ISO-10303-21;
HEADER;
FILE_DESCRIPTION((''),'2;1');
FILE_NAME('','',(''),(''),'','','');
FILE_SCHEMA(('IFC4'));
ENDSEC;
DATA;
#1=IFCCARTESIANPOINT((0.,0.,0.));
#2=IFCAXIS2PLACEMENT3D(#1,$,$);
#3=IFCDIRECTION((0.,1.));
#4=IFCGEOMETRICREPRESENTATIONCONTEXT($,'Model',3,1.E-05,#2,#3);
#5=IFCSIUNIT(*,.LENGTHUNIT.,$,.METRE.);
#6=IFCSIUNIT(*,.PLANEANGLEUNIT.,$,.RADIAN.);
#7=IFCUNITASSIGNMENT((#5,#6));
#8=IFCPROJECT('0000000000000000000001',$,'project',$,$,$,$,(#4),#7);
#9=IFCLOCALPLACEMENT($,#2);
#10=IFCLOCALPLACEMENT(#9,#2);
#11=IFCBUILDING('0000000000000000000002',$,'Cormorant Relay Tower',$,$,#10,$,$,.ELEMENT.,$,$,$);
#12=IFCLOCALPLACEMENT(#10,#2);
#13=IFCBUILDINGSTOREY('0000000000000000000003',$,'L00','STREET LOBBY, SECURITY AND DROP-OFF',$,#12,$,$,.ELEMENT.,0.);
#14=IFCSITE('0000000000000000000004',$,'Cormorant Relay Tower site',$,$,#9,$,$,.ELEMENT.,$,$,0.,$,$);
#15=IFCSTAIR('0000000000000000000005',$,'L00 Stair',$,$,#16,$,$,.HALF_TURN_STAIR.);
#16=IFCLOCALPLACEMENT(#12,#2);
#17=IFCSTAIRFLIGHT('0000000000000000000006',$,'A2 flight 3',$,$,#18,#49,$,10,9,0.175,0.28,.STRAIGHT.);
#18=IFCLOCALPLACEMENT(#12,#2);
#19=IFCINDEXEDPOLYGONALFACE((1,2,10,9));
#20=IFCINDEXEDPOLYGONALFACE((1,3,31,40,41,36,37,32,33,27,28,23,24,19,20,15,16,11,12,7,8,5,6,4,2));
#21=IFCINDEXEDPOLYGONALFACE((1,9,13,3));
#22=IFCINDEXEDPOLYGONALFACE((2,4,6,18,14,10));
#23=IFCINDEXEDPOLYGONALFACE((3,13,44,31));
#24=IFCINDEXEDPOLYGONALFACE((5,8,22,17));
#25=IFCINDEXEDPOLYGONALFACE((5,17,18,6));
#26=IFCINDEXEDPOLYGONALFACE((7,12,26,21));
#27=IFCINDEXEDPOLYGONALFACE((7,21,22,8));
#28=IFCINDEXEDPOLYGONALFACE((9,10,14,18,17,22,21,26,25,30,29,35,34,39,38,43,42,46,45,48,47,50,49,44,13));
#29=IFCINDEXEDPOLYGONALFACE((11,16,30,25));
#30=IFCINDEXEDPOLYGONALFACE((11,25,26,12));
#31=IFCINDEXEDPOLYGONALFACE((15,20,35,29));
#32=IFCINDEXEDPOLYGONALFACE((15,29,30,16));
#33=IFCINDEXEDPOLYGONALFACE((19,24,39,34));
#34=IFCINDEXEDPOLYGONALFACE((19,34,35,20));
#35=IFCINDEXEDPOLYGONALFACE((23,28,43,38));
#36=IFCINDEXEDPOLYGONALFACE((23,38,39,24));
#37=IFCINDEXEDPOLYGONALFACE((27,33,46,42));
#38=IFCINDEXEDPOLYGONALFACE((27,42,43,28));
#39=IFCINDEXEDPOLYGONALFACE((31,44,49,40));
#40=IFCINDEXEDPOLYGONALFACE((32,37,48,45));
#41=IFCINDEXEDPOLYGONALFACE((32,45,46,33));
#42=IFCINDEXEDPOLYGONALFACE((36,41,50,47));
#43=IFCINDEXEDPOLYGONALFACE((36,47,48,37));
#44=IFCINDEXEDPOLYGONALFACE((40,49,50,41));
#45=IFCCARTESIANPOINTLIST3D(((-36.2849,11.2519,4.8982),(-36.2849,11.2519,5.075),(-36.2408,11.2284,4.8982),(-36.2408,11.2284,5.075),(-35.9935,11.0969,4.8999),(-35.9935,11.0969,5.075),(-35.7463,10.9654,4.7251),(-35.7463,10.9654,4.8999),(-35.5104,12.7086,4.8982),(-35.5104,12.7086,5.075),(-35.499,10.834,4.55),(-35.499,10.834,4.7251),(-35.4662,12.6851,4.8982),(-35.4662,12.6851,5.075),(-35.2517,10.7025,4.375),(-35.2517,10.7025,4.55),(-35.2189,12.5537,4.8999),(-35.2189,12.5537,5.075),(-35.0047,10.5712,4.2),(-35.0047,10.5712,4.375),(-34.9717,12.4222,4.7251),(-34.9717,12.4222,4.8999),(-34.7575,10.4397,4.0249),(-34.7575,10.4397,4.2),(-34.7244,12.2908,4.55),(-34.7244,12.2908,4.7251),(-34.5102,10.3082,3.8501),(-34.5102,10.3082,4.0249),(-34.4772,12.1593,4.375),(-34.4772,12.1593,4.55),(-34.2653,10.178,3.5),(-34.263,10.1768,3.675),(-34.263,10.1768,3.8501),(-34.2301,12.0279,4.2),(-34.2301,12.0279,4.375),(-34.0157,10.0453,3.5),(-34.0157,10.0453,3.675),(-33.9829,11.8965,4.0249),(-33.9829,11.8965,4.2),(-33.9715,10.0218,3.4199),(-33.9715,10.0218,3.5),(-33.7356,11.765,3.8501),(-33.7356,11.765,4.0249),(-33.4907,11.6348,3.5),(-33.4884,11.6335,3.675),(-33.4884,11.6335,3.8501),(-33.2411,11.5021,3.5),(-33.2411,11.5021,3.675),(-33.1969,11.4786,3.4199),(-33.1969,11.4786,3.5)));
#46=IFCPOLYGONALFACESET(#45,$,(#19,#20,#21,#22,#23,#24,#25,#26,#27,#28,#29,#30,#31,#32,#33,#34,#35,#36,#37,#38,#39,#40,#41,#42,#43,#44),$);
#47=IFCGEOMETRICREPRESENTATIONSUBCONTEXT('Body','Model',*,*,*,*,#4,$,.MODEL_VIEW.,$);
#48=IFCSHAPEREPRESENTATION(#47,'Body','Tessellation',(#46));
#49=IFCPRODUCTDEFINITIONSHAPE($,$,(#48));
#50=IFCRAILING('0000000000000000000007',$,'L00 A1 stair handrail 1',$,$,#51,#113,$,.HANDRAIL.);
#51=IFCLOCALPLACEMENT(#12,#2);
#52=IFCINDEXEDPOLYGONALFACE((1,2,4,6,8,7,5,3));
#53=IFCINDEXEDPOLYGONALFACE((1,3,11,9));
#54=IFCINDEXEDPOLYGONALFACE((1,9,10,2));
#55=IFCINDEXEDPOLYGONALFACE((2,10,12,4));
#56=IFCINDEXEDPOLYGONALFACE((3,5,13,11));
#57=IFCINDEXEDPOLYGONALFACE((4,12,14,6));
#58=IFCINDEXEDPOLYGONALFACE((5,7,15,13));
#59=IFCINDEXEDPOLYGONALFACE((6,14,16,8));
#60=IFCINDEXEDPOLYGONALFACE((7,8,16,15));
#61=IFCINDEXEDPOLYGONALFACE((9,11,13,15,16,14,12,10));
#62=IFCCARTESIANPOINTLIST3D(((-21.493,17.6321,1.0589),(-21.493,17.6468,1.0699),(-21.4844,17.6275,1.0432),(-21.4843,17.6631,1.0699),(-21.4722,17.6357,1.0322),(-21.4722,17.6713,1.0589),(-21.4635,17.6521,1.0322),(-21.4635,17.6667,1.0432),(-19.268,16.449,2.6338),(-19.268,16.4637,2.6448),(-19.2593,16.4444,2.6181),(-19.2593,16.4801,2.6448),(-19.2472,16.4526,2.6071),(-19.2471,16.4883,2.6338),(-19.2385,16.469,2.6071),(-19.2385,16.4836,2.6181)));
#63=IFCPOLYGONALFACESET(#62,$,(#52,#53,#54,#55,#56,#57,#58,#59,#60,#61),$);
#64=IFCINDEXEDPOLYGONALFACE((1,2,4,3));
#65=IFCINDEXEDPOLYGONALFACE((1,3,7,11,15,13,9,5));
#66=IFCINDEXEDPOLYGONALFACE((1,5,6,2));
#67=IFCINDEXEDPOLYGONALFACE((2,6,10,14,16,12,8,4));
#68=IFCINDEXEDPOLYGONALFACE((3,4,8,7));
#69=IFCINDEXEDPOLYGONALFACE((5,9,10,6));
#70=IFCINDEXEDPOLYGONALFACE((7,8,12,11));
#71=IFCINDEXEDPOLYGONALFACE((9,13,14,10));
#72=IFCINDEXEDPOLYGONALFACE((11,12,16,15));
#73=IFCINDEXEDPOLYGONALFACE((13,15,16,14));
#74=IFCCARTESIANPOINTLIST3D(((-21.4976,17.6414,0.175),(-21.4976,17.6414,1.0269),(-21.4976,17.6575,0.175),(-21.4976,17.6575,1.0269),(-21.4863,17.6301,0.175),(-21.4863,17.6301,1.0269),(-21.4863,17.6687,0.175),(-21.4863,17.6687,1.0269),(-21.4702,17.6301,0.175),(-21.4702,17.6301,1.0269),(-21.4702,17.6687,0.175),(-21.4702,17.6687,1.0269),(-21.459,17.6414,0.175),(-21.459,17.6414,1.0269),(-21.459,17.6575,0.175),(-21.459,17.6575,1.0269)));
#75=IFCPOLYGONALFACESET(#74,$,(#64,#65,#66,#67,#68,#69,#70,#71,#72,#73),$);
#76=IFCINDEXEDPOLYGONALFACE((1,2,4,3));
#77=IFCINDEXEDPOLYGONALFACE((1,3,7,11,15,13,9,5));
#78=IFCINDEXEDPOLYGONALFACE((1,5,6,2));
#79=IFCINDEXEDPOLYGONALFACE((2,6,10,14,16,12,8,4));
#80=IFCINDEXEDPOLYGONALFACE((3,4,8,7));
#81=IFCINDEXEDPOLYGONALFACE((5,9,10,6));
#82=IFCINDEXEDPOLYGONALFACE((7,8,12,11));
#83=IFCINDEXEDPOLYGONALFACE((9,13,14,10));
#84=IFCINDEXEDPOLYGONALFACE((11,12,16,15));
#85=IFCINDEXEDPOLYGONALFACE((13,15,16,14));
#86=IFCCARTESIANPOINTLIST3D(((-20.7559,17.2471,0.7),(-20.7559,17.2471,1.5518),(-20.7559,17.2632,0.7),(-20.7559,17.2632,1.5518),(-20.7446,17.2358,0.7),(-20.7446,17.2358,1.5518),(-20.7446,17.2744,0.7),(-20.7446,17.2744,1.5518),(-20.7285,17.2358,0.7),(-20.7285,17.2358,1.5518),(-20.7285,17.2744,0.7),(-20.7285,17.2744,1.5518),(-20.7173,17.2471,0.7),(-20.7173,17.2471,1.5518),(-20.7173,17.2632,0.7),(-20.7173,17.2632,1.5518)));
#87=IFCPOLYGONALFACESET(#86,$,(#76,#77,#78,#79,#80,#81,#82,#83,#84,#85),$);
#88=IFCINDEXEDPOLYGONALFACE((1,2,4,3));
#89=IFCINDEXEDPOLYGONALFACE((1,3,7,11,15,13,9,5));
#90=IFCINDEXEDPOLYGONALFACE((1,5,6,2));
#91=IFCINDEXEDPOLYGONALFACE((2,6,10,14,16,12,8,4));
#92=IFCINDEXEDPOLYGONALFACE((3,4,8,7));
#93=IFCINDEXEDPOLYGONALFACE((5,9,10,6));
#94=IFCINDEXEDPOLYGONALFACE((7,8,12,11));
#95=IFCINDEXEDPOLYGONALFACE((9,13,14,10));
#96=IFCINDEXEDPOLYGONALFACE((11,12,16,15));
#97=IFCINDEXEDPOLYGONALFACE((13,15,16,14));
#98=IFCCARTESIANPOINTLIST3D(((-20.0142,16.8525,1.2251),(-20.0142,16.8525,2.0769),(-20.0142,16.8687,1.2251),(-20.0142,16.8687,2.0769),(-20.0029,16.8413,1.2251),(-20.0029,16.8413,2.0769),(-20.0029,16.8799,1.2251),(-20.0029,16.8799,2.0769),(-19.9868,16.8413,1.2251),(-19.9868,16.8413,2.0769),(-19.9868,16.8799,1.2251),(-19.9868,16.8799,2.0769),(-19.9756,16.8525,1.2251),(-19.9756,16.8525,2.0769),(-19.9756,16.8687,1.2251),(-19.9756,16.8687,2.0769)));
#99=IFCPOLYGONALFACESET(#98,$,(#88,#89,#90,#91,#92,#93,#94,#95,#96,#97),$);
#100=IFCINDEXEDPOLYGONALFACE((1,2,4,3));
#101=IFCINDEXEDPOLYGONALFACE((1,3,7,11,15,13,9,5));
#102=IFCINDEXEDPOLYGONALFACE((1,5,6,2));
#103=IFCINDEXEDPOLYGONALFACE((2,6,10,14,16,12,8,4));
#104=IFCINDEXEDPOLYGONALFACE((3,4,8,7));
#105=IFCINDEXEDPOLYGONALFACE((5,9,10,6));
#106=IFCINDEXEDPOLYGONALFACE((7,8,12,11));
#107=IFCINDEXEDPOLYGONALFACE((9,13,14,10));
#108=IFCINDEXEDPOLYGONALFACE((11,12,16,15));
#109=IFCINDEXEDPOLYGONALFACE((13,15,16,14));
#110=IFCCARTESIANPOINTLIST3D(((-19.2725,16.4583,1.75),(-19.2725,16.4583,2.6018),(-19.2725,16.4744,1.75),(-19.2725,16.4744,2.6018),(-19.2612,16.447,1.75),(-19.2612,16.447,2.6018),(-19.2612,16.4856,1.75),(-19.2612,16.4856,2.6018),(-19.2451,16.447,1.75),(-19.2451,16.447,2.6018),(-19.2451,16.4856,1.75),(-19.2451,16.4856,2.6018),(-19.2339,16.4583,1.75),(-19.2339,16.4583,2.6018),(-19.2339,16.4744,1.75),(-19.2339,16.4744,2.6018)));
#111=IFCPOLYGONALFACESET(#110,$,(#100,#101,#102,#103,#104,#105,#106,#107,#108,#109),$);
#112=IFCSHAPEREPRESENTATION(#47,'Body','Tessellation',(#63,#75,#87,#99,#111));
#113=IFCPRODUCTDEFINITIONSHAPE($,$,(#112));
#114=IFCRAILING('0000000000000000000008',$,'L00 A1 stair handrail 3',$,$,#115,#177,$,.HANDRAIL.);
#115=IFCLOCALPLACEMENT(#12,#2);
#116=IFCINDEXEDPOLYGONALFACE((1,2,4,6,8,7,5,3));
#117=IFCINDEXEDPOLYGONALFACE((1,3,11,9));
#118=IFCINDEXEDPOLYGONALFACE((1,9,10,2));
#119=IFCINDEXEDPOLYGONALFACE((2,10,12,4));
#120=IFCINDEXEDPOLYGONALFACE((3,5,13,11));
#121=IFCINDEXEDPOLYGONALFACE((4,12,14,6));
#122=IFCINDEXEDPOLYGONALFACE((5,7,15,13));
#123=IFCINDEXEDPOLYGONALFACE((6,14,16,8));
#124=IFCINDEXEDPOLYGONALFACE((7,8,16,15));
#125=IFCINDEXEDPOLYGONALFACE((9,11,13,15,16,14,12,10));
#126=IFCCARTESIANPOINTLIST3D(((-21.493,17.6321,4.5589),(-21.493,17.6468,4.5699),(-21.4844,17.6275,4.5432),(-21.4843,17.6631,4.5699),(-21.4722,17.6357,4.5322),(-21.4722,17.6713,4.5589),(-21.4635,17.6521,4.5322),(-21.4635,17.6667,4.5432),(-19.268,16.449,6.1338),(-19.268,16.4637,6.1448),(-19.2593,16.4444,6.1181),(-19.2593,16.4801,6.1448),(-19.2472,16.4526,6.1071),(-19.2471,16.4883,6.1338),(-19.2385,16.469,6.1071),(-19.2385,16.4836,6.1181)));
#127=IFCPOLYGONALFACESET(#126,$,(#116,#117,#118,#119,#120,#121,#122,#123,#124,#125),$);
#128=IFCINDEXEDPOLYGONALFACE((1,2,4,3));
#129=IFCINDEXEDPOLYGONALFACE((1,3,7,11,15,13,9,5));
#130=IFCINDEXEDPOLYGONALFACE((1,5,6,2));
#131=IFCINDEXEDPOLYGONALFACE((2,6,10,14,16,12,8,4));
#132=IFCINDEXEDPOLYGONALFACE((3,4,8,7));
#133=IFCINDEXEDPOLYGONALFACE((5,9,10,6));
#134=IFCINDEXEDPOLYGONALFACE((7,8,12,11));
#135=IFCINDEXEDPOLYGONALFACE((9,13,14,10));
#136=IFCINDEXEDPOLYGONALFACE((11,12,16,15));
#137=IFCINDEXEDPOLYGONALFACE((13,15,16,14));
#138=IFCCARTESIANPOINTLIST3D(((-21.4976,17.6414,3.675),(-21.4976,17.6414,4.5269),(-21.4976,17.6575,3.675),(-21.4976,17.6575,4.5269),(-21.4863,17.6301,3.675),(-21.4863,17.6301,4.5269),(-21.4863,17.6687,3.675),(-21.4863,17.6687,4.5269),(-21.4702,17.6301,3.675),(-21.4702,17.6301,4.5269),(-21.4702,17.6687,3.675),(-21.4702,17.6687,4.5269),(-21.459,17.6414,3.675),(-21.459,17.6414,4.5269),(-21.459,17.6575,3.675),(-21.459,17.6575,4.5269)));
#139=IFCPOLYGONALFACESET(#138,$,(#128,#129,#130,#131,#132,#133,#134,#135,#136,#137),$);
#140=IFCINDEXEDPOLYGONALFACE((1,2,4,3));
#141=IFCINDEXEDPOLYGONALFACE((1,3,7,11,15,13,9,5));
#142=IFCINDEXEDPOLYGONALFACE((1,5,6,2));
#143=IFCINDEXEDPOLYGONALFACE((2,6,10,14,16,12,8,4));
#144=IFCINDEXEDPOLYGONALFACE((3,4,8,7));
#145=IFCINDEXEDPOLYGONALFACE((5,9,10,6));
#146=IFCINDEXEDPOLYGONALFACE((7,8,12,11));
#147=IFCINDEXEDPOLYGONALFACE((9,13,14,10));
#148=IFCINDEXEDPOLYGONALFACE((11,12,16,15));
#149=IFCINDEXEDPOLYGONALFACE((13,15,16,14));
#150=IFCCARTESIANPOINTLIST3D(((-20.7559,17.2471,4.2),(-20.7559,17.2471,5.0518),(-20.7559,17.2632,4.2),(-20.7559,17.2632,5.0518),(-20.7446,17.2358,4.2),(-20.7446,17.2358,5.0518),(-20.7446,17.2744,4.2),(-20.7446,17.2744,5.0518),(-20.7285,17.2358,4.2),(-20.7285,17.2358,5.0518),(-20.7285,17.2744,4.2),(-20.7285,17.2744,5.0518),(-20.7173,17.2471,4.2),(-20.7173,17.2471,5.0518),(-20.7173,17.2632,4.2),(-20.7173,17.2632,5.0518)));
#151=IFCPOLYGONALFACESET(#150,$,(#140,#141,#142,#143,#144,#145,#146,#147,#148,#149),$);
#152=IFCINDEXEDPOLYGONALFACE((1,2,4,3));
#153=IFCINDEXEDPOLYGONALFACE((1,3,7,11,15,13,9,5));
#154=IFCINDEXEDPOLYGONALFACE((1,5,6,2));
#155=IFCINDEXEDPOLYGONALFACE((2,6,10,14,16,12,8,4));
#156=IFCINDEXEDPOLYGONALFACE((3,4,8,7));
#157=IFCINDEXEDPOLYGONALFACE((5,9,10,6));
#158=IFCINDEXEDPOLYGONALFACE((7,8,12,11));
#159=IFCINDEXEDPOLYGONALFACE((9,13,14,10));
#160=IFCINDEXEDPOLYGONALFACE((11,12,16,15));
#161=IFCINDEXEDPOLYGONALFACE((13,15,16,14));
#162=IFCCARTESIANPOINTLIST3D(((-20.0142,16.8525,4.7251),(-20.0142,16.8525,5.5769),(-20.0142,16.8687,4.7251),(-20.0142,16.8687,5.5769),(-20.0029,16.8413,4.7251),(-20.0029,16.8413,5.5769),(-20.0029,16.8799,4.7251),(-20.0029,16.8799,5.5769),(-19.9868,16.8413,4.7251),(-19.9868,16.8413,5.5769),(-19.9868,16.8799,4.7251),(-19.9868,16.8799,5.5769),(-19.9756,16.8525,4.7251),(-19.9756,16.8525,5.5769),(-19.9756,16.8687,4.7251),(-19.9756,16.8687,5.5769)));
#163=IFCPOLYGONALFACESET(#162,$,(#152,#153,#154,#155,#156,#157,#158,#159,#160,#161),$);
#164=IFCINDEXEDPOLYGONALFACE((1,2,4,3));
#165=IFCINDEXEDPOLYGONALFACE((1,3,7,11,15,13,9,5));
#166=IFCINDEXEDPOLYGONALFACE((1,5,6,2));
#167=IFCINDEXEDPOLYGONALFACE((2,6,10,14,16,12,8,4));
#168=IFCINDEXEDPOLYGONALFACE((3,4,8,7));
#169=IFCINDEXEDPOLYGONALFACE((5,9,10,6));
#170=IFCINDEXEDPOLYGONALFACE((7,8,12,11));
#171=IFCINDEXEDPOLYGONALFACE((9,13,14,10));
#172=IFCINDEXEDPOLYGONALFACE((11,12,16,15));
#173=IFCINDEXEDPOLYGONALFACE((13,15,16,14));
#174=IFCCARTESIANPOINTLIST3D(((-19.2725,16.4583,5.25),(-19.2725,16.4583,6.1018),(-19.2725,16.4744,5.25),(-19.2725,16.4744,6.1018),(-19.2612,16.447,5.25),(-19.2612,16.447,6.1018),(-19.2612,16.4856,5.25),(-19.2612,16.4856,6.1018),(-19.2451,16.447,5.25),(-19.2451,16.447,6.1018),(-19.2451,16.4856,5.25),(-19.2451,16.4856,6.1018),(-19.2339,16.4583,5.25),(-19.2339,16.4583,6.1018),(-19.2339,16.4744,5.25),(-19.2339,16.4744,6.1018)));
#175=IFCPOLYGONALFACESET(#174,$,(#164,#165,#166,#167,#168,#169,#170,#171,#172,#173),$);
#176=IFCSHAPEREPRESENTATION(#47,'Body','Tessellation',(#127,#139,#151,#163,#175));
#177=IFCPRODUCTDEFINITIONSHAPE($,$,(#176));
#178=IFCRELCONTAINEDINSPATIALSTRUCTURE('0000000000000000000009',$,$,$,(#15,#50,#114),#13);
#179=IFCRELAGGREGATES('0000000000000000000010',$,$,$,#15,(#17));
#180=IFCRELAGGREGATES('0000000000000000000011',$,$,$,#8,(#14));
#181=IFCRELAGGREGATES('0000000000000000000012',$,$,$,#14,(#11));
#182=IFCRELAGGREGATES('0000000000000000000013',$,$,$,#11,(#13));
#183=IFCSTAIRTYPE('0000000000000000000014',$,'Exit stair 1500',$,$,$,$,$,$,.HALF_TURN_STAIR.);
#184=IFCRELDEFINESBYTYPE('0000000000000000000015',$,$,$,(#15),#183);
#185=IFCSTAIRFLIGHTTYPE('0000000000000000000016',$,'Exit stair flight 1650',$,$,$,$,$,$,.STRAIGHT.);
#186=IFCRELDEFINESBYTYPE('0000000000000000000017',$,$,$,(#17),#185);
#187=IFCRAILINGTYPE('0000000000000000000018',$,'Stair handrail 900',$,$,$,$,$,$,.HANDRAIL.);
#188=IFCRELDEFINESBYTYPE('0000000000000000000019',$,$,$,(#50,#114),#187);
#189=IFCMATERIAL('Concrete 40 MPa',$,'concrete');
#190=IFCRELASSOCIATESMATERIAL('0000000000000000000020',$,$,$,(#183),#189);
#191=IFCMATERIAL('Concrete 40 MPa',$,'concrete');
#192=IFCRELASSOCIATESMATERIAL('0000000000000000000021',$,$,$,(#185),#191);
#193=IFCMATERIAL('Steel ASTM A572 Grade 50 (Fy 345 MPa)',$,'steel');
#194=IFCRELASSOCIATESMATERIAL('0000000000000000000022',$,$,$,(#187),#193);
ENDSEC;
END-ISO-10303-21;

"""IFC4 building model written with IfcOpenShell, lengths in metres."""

from ifc_helpers import new_model, si_unit, direction, frame, origin, place, context, subcontext, project, spatial, polyline, outline, extrude, material, type_object, element, aggregate, save


model = new_model("IFC4")

# Units and contexts
model_context = context("Model", 3, precision=1e-05, world=origin(), true_north=direction((0.0, 1.0)))
body_context = subcontext(model_context, "Body", "Model", "MODEL_VIEW")
ifc_project = project(units=[si_unit("LENGTHUNIT", "METRE"), si_unit("PLANEANGLEUNIT", "RADIAN")], contexts=[model_context])

# Site, building, storey
site_placement = place(None, origin())
site = spatial("IfcSite", under=ifc_project, at=site_placement, Name="Cormorant Relay Tower site", CompositionType="ELEMENT", RefElevation=0.0)
building_placement = place(site_placement, origin())
building = spatial("IfcBuilding", under=site, at=building_placement, Name="Cormorant Relay Tower", CompositionType="ELEMENT")
storey_placement = place(building_placement, origin())
storey = spatial("IfcBuildingStorey", under=building, at=storey_placement, Name="L00", Description="STREET LOBBY, SECURITY AND DROP-OFF", CompositionType="ELEMENT", Elevation=0.0)

# Stair, stair flight
ifc_material_1 = material(Name="Concrete 40 MPa", Category="concrete")
stair_type = type_object("IfcStairType", Name="Exit stair 1500", PredefinedType="HALF_TURN_STAIR", material=ifc_material_1)
ifc_material_2 = material(Name="Concrete 40 MPa", Category="concrete")
stair_flight_type = type_object("IfcStairFlightType", Name="Exit stair flight 1650", PredefinedType="STRAIGHT", material=ifc_material_2)
stair_1_placement = place(storey_placement, origin())
stair_1 = element("IfcStair", 1, at=stair_1_placement, inside=storey, type_object=stair_type, Name="L00 Stair", PredefinedType="HALF_TURN_STAIR")
stair_flight_1_placement = place(storey_placement, frame((-33.6284, 10.7737, 3.5), z_axis=(0.0, 0.0, 1.0), x_axis=(-0.882948, 0.469472, 0.0)))
stair_flight_1 = element("IfcStairFlight", 2, at=stair_flight_1_placement, type_object=stair_flight_type, Name="A2 flight 3", NumberOfRisers=10, NumberOfTreads=9, PredefinedType="STRAIGHT", RiserHeight=0.175, TreadLength=0.28, context=body_context, shape_type="SweptSolid", body=[
    extrude(outline(polyline([(-0.05, -0.0801), (-0.05, 0.0), (0.0, 0.0), (0.0, 0.175), (0.28, 0.175), (0.28, 0.3501), (0.5601, 0.3501), (0.5601, 0.5249), (0.8401, 0.5249), (0.8401, 0.7), (1.1201, 0.7), (1.1201, 0.875), (1.3999, 0.875), (1.3999, 1.05), (1.6799, 1.05), (1.6799, 1.2251), (1.96, 1.2251), (1.96, 1.3999), (2.24, 1.3999), (2.24, 1.575), (2.52, 1.575), (2.5701, 1.575), (2.5701, 1.3982), (2.52, 1.3982), (0.2827, 0.0), (-0.05, -0.0801)])), frame((0.0, 0.825, 0.0), z_axis=(0.0, -1.0, 0.0), x_axis=(1.0, 0.0, 0.0)), (0.0, 0.0, 1.0), 1.6499),
])
aggregate(stair_1, [stair_flight_1])

# Railings
ifc_material_3 = material(Name="Steel ASTM A572 Grade 50 (Fy 345 MPa)", Category="steel")
railing_type = type_object("IfcRailingType", Name="Stair handrail 900", PredefinedType="HANDRAIL", material=ifc_material_3)
railing_1_placement = place(storey_placement, frame((-21.4783, 17.6494, 0.175)))
element("IfcRailing", 3, at=railing_1_placement, inside=storey, type_object=railing_type, Name="L00 A1 stair handrail 1", PredefinedType="HANDRAIL", context=body_context, shape_type="SweptSolid", body=[
    extrude(outline(polyline([(0.0222, 0.0093), (0.0093, 0.0222), (-0.0093, 0.0222), (-0.0222, 0.0093), (-0.0222, -0.0093), (-0.0093, -0.0222), (0.0093, -0.0222), (0.0222, -0.0093), (0.0222, 0.0093)])), frame((0.0, 0.0, 0.876), z_axis=(0.748751, -0.398118, 0.529975), x_axis=(0.469472, 0.882948, 0.0)), (0.0, 0.0, 1.0), 2.9717),
    extrude(outline(polyline([(0.0193, 0.0081), (0.0081, 0.0193), (-0.0081, 0.0193), (-0.0193, 0.0081), (-0.0193, -0.0081), (-0.0081, -0.0193), (0.0081, -0.0193), (0.0193, -0.0081), (0.0193, 0.0081)])), origin(), (0.0, 0.0, 1.0), 0.8518),
    extrude(outline(polyline([(0.0193, 0.0081), (0.0081, 0.0193), (-0.0081, 0.0193), (-0.0193, 0.0081), (-0.0193, -0.0081), (-0.0081, -0.0193), (0.0081, -0.0193), (0.0193, -0.0081), (0.0193, 0.0081)])), frame((0.7417, -0.3943, 0.5249)), (0.0, 0.0, 1.0), 0.8518),
    extrude(outline(polyline([(0.0193, 0.0081), (0.0081, 0.0193), (-0.0081, 0.0193), (-0.0193, 0.0081), (-0.0193, -0.0081), (-0.0081, -0.0193), (0.0081, -0.0193), (0.0193, -0.0081), (0.0193, 0.0081)])), frame((1.4834, -0.7888, 1.05)), (0.0, 0.0, 1.0), 0.8518),
    extrude(outline(polyline([(0.0193, 0.0081), (0.0081, 0.0193), (-0.0081, 0.0193), (-0.0193, 0.0081), (-0.0193, -0.0081), (-0.0081, -0.0193), (0.0081, -0.0193), (0.0193, -0.0081), (0.0193, 0.0081)])), frame((2.2251, -1.1831, 1.575)), (0.0, 0.0, 1.0), 0.8518),
])
railing_2_placement = place(storey_placement, frame((-21.4783, 17.6494, 3.675)))
element("IfcRailing", 4, at=railing_2_placement, inside=storey, type_object=railing_type, Name="L00 A1 stair handrail 3", PredefinedType="HANDRAIL", context=body_context, shape_type="SweptSolid", body=[
    extrude(outline(polyline([(0.0222, 0.0093), (0.0093, 0.0222), (-0.0093, 0.0222), (-0.0222, 0.0093), (-0.0222, -0.0093), (-0.0093, -0.0222), (0.0093, -0.0222), (0.0222, -0.0093), (0.0222, 0.0093)])), frame((0.0, 0.0, 0.876), z_axis=(0.748751, -0.398118, 0.529975), x_axis=(0.469472, 0.882948, 0.0)), (0.0, 0.0, 1.0), 2.9717),
    extrude(outline(polyline([(0.0193, 0.0081), (0.0081, 0.0193), (-0.0081, 0.0193), (-0.0193, 0.0081), (-0.0193, -0.0081), (-0.0081, -0.0193), (0.0081, -0.0193), (0.0193, -0.0081), (0.0193, 0.0081)])), origin(), (0.0, 0.0, 1.0), 0.8518),
    extrude(outline(polyline([(0.0193, 0.0081), (0.0081, 0.0193), (-0.0081, 0.0193), (-0.0193, 0.0081), (-0.0193, -0.0081), (-0.0081, -0.0193), (0.0081, -0.0193), (0.0193, -0.0081), (0.0193, 0.0081)])), frame((0.7417, -0.3943, 0.5249)), (0.0, 0.0, 1.0), 0.8518),
    extrude(outline(polyline([(0.0193, 0.0081), (0.0081, 0.0193), (-0.0081, 0.0193), (-0.0193, 0.0081), (-0.0193, -0.0081), (-0.0081, -0.0193), (0.0081, -0.0193), (0.0193, -0.0081), (0.0193, 0.0081)])), frame((1.4834, -0.7888, 1.05)), (0.0, 0.0, 1.0), 0.8518),
    extrude(outline(polyline([(0.0193, 0.0081), (0.0081, 0.0193), (-0.0081, 0.0193), (-0.0193, 0.0081), (-0.0193, -0.0081), (-0.0081, -0.0193), (0.0081, -0.0193), (0.0193, -0.0081), (0.0193, 0.0081)])), frame((2.2251, -1.1831, 1.575)), (0.0, 0.0, 1.0), 0.8518),
])

save(model, "model.ifc")
